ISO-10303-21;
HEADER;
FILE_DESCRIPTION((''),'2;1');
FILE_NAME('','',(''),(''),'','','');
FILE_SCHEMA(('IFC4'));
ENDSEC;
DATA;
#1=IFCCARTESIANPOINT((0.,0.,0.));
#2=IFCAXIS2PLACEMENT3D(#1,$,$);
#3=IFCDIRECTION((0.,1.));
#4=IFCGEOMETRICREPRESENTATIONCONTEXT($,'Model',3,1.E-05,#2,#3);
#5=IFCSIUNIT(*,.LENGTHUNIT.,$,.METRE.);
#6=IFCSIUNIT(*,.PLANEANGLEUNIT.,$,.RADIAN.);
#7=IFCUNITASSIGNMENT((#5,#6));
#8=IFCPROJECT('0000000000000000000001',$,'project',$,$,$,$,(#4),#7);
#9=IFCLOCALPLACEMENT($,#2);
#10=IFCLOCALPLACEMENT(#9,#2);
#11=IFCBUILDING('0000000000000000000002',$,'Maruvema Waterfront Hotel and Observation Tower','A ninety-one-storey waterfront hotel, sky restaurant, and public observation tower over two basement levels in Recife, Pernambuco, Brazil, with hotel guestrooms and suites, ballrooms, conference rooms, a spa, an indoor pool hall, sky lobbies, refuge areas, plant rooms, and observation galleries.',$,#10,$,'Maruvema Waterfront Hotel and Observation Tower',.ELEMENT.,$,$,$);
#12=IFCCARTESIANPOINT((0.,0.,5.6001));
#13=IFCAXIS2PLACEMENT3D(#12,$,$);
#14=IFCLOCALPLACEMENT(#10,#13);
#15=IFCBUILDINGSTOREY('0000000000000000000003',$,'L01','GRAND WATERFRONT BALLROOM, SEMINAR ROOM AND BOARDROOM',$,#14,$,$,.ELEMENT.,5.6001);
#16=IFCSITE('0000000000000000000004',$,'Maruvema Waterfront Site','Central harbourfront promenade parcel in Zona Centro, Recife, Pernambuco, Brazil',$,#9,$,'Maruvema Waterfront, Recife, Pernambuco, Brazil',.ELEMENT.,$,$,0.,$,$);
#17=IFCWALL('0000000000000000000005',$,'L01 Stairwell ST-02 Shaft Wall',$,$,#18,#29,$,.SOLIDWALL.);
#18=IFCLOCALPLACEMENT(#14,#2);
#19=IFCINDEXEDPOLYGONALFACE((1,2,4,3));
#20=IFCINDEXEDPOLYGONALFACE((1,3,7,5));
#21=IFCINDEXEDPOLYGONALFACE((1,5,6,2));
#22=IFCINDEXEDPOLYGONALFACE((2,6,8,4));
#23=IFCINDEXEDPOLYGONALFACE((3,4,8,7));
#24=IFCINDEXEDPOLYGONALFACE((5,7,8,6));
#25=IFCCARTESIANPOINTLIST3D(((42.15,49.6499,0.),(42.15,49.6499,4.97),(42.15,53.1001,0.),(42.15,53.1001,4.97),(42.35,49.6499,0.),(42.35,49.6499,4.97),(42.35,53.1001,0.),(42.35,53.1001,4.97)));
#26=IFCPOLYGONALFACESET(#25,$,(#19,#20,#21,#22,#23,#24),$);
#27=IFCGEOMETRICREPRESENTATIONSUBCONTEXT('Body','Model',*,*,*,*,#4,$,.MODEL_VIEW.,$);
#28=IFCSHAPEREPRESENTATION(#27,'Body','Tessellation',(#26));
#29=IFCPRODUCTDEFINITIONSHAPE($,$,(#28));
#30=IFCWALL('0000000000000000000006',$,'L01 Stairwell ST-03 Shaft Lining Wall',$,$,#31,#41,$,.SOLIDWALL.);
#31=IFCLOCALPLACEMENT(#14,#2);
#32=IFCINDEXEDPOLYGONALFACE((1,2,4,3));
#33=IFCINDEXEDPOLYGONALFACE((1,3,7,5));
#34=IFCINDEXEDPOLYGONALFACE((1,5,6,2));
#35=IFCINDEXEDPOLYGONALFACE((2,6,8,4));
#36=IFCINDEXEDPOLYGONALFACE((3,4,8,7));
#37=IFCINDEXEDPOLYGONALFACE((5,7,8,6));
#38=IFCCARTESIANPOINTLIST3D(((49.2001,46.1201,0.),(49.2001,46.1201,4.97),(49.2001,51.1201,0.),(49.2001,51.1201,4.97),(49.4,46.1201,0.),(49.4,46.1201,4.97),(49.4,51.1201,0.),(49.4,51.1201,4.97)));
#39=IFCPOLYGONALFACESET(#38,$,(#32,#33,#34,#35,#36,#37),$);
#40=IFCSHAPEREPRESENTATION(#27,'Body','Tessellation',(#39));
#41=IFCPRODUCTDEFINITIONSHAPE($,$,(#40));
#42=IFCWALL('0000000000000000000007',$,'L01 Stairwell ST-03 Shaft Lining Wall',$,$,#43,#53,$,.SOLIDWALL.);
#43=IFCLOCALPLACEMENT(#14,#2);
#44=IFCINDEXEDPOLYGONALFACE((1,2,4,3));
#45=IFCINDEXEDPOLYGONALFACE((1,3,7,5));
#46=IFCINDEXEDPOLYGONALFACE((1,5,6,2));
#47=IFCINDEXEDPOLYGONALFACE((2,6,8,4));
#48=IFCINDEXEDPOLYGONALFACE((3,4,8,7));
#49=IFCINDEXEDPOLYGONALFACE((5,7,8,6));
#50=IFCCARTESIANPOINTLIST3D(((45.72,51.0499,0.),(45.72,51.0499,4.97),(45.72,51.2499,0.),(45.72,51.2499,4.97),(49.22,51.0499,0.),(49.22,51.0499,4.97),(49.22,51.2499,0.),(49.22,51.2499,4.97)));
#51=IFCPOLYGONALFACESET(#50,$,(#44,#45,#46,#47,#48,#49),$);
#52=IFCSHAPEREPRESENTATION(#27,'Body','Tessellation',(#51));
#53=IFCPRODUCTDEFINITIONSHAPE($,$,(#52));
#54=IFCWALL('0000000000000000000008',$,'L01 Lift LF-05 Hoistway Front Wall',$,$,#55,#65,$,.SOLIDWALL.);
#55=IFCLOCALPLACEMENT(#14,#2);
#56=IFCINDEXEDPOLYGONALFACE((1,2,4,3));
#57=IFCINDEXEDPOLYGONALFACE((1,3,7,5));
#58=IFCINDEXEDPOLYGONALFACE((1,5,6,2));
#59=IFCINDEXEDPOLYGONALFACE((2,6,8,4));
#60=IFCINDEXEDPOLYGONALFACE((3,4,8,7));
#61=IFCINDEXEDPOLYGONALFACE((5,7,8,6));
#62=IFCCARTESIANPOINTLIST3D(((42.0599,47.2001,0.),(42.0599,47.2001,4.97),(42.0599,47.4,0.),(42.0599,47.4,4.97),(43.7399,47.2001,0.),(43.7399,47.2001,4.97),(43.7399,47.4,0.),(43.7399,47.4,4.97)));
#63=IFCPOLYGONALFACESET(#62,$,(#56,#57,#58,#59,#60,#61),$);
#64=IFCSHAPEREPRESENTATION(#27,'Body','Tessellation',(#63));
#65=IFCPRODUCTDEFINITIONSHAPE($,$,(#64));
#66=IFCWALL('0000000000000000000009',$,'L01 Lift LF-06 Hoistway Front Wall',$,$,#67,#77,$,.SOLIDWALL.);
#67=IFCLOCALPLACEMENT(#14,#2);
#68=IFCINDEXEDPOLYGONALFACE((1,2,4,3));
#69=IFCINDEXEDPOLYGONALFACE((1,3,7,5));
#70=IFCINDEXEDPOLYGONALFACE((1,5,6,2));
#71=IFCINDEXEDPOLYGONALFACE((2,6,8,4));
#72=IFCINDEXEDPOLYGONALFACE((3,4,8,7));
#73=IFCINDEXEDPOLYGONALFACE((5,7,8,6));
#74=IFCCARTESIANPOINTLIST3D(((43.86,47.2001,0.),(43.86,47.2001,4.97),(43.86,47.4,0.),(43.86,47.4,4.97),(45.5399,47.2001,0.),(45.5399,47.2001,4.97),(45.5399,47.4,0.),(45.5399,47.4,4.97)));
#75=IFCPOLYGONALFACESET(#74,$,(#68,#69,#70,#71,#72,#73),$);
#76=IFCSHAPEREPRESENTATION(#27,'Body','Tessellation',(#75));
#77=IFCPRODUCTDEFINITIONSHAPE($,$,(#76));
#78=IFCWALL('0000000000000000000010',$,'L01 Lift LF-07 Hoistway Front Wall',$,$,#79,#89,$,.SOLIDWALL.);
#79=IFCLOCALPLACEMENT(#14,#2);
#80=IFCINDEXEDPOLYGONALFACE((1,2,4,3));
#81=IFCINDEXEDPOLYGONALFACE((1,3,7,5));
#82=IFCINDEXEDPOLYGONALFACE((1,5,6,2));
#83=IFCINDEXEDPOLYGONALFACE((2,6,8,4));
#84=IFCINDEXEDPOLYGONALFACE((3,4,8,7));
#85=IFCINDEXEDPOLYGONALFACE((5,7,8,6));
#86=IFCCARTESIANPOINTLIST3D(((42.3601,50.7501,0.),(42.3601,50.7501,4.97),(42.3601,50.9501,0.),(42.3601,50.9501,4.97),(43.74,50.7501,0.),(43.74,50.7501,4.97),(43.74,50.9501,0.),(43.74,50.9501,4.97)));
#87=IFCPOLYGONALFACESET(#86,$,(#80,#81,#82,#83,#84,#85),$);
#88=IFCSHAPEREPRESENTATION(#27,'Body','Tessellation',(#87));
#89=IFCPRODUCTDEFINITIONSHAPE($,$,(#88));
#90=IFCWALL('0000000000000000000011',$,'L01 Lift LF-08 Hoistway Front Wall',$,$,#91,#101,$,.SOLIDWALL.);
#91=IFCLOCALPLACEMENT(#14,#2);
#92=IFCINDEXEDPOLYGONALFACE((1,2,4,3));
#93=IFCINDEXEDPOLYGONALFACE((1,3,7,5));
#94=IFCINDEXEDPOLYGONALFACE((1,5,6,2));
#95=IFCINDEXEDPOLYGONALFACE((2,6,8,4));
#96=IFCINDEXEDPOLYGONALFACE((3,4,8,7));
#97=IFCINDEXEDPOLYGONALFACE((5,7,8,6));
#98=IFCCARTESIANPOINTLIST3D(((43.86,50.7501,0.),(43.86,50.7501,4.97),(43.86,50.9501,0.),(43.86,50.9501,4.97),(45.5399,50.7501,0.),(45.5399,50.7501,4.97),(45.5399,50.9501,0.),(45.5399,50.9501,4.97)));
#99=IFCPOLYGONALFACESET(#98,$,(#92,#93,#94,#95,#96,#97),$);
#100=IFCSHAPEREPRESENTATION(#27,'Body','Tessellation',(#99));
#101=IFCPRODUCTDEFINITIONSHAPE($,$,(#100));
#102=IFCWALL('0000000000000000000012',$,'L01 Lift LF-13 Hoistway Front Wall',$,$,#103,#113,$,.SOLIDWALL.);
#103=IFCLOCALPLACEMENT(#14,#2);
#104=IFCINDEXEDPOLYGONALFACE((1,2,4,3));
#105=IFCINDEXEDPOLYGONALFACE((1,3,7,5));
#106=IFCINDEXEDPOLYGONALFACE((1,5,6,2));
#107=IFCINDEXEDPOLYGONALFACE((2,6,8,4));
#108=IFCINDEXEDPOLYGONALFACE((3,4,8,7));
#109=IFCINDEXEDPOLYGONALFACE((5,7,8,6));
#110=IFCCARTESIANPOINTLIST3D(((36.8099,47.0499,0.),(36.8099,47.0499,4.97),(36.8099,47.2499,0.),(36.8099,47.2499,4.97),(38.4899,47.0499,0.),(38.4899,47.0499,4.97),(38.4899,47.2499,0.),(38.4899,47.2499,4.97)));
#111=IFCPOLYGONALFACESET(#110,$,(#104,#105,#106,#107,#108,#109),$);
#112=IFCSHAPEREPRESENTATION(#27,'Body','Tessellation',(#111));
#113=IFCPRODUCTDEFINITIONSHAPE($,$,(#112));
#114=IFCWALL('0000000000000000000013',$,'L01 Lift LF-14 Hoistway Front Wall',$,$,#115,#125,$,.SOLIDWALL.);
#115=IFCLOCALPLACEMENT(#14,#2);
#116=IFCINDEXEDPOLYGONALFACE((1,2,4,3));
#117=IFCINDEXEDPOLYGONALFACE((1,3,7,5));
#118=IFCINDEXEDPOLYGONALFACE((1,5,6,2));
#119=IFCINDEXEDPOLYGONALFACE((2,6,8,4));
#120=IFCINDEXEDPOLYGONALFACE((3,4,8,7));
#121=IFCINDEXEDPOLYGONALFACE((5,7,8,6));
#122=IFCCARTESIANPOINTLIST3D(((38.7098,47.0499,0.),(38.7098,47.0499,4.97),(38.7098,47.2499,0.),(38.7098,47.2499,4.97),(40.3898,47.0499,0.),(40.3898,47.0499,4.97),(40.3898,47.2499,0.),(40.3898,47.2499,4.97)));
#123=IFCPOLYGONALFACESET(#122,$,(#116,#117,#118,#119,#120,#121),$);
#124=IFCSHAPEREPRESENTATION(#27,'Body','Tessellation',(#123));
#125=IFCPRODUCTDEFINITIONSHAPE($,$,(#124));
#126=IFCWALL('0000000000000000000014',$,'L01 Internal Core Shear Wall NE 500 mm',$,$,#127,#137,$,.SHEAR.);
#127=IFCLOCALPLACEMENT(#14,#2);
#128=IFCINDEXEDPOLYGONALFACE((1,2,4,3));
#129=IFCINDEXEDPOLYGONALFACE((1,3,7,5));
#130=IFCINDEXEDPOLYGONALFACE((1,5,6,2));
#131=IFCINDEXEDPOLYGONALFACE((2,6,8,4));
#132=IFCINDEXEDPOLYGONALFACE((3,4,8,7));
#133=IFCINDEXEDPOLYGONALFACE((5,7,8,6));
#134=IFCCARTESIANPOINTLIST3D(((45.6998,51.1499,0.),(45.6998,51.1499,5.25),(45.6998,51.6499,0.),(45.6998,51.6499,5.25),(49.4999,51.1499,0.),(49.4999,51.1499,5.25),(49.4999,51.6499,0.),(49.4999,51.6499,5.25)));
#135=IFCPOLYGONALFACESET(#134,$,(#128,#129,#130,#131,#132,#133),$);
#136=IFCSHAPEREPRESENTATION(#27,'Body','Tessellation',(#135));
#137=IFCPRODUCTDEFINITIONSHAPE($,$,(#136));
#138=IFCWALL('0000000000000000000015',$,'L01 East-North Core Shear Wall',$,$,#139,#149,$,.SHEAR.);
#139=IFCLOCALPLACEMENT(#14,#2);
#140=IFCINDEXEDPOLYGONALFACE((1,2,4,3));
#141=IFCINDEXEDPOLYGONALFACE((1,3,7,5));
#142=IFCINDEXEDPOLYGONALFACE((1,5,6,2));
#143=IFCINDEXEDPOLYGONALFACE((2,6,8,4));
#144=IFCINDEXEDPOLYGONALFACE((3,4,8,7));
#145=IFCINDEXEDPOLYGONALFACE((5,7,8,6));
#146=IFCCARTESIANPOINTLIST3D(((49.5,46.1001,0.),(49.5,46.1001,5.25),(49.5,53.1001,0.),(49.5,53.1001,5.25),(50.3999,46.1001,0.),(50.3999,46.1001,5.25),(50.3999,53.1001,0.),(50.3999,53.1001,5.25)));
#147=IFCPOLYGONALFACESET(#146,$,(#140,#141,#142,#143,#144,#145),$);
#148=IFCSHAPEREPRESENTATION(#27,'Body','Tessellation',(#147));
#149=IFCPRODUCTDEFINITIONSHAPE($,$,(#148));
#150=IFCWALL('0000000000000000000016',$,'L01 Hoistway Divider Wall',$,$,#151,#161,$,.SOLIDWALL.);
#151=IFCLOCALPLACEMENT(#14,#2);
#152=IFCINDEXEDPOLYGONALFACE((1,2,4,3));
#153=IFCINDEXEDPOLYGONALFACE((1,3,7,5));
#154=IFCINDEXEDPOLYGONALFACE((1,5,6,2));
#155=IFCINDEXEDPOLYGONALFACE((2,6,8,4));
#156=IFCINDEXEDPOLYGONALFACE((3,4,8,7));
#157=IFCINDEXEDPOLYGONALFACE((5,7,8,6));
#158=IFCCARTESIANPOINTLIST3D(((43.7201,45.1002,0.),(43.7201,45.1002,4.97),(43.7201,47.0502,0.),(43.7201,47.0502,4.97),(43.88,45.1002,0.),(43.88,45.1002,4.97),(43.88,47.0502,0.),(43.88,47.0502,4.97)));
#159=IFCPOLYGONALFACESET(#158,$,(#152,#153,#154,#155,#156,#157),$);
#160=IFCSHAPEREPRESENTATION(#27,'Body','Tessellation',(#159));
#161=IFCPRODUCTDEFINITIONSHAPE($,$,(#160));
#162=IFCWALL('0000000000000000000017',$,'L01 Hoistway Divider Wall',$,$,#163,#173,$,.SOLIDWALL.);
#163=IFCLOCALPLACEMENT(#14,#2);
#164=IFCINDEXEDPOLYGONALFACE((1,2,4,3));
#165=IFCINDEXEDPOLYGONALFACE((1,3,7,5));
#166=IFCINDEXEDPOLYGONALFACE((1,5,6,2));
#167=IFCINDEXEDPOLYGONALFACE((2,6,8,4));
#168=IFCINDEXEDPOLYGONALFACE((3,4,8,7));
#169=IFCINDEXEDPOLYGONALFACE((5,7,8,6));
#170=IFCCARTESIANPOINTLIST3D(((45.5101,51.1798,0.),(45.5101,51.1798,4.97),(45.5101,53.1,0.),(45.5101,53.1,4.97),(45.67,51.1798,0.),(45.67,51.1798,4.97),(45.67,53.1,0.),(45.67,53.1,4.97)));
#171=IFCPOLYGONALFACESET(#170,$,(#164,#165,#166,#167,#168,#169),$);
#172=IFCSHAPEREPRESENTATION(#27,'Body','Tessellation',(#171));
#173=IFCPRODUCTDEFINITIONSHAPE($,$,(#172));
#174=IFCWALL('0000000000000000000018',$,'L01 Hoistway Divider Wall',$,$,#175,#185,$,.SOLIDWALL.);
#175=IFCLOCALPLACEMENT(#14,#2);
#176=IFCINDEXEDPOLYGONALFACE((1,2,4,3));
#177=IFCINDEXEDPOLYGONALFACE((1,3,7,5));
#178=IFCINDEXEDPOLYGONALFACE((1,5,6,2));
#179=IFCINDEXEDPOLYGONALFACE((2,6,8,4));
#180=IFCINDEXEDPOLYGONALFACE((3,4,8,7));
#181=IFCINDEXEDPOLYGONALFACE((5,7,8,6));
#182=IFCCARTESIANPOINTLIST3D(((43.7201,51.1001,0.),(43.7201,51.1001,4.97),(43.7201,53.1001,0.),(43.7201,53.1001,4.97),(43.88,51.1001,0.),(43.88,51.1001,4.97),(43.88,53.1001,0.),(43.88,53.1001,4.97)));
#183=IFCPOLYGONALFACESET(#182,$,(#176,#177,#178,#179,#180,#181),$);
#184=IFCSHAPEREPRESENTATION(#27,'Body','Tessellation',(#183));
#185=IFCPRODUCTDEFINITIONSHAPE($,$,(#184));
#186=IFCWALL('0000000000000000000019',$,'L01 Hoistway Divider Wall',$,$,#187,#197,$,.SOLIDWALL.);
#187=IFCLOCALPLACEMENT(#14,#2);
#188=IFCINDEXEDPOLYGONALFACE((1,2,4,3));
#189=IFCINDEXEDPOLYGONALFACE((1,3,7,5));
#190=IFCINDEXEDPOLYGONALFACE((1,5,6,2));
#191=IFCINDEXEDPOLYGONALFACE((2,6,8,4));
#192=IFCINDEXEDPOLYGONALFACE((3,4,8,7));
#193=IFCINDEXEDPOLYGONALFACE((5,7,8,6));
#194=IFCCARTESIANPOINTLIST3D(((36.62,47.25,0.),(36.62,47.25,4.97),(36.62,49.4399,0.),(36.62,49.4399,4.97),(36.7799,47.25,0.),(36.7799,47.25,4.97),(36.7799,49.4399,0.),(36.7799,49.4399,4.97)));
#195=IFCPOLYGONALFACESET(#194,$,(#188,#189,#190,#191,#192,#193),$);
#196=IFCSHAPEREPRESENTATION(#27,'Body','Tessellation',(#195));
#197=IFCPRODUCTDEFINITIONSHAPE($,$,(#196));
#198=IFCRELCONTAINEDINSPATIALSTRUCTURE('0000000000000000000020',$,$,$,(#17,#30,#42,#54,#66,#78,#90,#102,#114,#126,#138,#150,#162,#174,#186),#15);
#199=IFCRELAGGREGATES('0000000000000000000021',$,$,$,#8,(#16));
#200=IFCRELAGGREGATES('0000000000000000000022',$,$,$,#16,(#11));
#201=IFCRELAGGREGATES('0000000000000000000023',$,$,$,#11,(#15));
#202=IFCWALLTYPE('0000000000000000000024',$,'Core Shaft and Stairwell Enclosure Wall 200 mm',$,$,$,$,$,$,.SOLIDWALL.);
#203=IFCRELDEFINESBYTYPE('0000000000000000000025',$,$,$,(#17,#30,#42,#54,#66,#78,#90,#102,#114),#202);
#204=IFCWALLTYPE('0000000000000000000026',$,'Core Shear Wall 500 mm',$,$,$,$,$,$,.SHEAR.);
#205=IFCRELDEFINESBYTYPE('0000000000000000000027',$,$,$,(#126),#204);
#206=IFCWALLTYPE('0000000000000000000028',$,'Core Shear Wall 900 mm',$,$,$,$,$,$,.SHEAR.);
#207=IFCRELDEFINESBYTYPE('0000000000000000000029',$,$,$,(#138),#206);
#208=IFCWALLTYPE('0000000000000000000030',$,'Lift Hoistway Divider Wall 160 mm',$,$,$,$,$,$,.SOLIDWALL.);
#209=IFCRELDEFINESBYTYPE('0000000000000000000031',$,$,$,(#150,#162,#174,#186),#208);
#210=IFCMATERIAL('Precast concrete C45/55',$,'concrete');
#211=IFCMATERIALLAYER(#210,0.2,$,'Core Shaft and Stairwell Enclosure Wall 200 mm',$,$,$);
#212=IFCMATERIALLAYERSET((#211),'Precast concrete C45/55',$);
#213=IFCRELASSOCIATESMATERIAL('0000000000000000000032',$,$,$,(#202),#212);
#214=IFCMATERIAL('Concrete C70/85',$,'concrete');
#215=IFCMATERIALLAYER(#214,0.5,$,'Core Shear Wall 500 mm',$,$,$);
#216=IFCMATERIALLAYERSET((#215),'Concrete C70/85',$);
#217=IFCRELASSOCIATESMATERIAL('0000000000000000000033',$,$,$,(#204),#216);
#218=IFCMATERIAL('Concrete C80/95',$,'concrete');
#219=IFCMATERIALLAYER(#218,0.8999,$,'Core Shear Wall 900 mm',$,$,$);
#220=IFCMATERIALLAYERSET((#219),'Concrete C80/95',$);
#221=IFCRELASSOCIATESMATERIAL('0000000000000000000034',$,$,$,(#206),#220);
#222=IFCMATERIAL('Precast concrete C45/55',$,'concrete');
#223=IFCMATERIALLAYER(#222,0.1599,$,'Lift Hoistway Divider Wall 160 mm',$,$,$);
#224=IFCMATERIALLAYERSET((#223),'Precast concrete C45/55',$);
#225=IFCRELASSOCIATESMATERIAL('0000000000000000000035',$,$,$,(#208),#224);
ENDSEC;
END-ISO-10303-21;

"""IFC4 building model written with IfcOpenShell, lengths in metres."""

from ifc_helpers import new_model, si_unit, direction, frame, frame_2d, origin, place, context, subcontext, project, spatial, rectangle, extrude, material, layer, layer_set, type_object, element, save


model = new_model("IFC4")

# Units and contexts
model_context = context("Model", 3, precision=1e-05, world=origin(), true_north=direction((0.0, 1.0)))
body_context = subcontext(model_context, "Body", "Model", "MODEL_VIEW")
ifc_project = project(units=[si_unit("LENGTHUNIT", "METRE"), si_unit("PLANEANGLEUNIT", "RADIAN")], contexts=[model_context])

# Site, building, storey
site_placement = place(None, origin())
site = spatial("IfcSite", under=ifc_project, at=site_placement, Name="Maruvema Waterfront Site", Description="Central harbourfront promenade parcel in Zona Centro, Recife, Pernambuco, Brazil", LongName="Maruvema Waterfront, Recife, Pernambuco, Brazil", CompositionType="ELEMENT", RefElevation=0.0)
building_placement = place(site_placement, origin())
building = spatial("IfcBuilding", under=site, at=building_placement, Name="Maruvema Waterfront Hotel and Observation Tower", Description="A ninety-one-storey waterfront hotel, sky restaurant, and public observation tower over two basement levels in Recife, Pernambuco, Brazil, with hotel guestrooms and suites, ballrooms, conference rooms, a spa, an indoor pool hall, sky lobbies, refuge areas, plant rooms, and observation galleries.", LongName="Maruvema Waterfront Hotel and Observation Tower", CompositionType="ELEMENT")
storey_placement = place(building_placement, frame((0.0, 0.0, 5.6001)))
storey = spatial("IfcBuildingStorey", under=building, at=storey_placement, Name="L01", Description="GRAND WATERFRONT BALLROOM, SEMINAR ROOM AND BOARDROOM", CompositionType="ELEMENT", Elevation=5.6001)

# Walls
ifc_material_1 = material(Name="Precast concrete C45/55", Category="concrete")
ifc_layer_1 = layer(ifc_material_1, 0.2, Name="Core Shaft and Stairwell Enclosure Wall 200 mm")
ifc_layer_set_1 = layer_set([ifc_layer_1], Name="Precast concrete C45/55")
wall_type_1 = type_object("IfcWallType", Name="Core Shaft and Stairwell Enclosure Wall 200 mm", PredefinedType="SOLIDWALL", material=ifc_layer_set_1)
wall_1_placement = place(storey_placement, frame((42.25, 49.6499, 0.0), z_axis=(0.0, 0.0, 1.0), x_axis=(0.0, 1.0, 0.0)))
element("IfcWall", 1, at=wall_1_placement, inside=storey, type_object=wall_type_1, Name="L01 Stairwell ST-02 Shaft Wall", PredefinedType="SOLIDWALL", context=body_context, shape_type="SweptSolid", body=[
    extrude(rectangle(XDim=3.4502, YDim=0.2, at=frame_2d((1.7251, 0.0))), origin(), (0.0, 0.0, 1.0), 4.97),
])
wall_2_placement = place(storey_placement, frame((49.3, 46.1201, 0.0), z_axis=(0.0, 0.0, 1.0), x_axis=(0.0, 1.0, 0.0)))
element("IfcWall", 2, at=wall_2_placement, inside=storey, type_object=wall_type_1, Name="L01 Stairwell ST-03 Shaft Lining Wall", PredefinedType="SOLIDWALL", context=body_context, shape_type="SweptSolid", body=[
    extrude(rectangle(XDim=5.0, YDim=0.2, at=frame_2d((2.5, 0.0))), origin(), (0.0, 0.0, 1.0), 4.97),
])
wall_3_placement = place(storey_placement, frame((45.72, 51.1499, 0.0), z_axis=(0.0, 0.0, 1.0), x_axis=(1.0, 0.0, 0.0)))
element("IfcWall", 3, at=wall_3_placement, inside=storey, type_object=wall_type_1, Name="L01 Stairwell ST-03 Shaft Lining Wall", PredefinedType="SOLIDWALL", context=body_context, shape_type="SweptSolid", body=[
    extrude(rectangle(XDim=3.5, YDim=0.2, at=frame_2d((1.75, 0.0))), origin(), (0.0, 0.0, 1.0), 4.97),
])
for number, where, z_axis, x_axis, name in (
    (4, (42.0601, 47.3, 0.0), (0.0, 0.0, 1.0), (1.0, 0.0, 0.0), "L01 Lift LF-05 Hoistway Front Wall"),
    (5, (43.8601, 47.3, 0.0), (0.0, 0.0, 1.0), (1.0, 0.0, 0.0), "L01 Lift LF-06 Hoistway Front Wall"),
):
    element("IfcWall", number, at=place(storey_placement, frame(where, z_axis=z_axis, x_axis=x_axis)), inside=storey, type_object=wall_type_1, Name=name, PredefinedType="SOLIDWALL", context=body_context, shape_type="SweptSolid", body=[
        extrude(rectangle(XDim=1.6799, YDim=0.2, at=frame_2d((0.8398, 0.0))), origin(), (0.0, 0.0, 1.0), 4.97),
    ])
wall_4_placement = place(storey_placement, frame((42.3601, 50.8501, 0.0), z_axis=(0.0, 0.0, 1.0), x_axis=(1.0, 0.0, 0.0)))
element("IfcWall", 6, at=wall_4_placement, inside=storey, type_object=wall_type_1, Name="L01 Lift LF-07 Hoistway Front Wall", PredefinedType="SOLIDWALL", context=body_context, shape_type="SweptSolid", body=[
    extrude(rectangle(XDim=1.3799, YDim=0.2, at=frame_2d((0.6899, 0.0))), origin(), (0.0, 0.0, 1.0), 4.97),
])
for number, where, z_axis, x_axis, name in (
    (7, (43.8601, 50.8501, 0.0), (0.0, 0.0, 1.0), (1.0, 0.0, 0.0), "L01 Lift LF-08 Hoistway Front Wall"),
    (8, (36.8101, 47.1499, 0.0), (0.0, 0.0, 1.0), (1.0, 0.0, 0.0), "L01 Lift LF-13 Hoistway Front Wall"),
    (9, (38.71, 47.1499, 0.0), (0.0, 0.0, 1.0), (1.0, 0.0, 0.0), "L01 Lift LF-14 Hoistway Front Wall"),
):
    element("IfcWall", number, at=place(storey_placement, frame(where, z_axis=z_axis, x_axis=x_axis)), inside=storey, type_object=wall_type_1, Name=name, PredefinedType="SOLIDWALL", context=body_context, shape_type="SweptSolid", body=[
        extrude(rectangle(XDim=1.6799, YDim=0.2, at=frame_2d((0.8398, 0.0))), origin(), (0.0, 0.0, 1.0), 4.97),
    ])
ifc_material_2 = material(Name="Concrete C70/85", Category="concrete")
ifc_layer_2 = layer(ifc_material_2, 0.5, Name="Core Shear Wall 500 mm")
ifc_layer_set_2 = layer_set([ifc_layer_2], Name="Concrete C70/85")
wall_type_2 = type_object("IfcWallType", Name="Core Shear Wall 500 mm", PredefinedType="SHEAR", material=ifc_layer_set_2)
wall_5_placement = place(storey_placement, frame((45.7, 51.3999, 0.0), z_axis=(0.0, 0.0, 1.0), x_axis=(1.0, 0.0, 0.0)))
element("IfcWall", 10, at=wall_5_placement, inside=storey, type_object=wall_type_2, Name="L01 Internal Core Shear Wall NE 500 mm", PredefinedType="SHEAR", context=body_context, shape_type="SweptSolid", body=[
    extrude(rectangle(XDim=3.8, YDim=0.5, at=frame_2d((1.8999, 0.0))), origin(), (0.0, 0.0, 1.0), 5.25),
])
ifc_material_3 = material(Name="Concrete C80/95", Category="concrete")
ifc_layer_3 = layer(ifc_material_3, 0.8999, Name="Core Shear Wall 900 mm")
ifc_layer_set_3 = layer_set([ifc_layer_3], Name="Concrete C80/95")
wall_type_3 = type_object("IfcWallType", Name="Core Shear Wall 900 mm", PredefinedType="SHEAR", material=ifc_layer_set_3)
wall_6_placement = place(storey_placement, frame((49.95, 46.1001, 0.0), z_axis=(0.0, 0.0, 1.0), x_axis=(0.0, 1.0, 0.0)))
element("IfcWall", 11, at=wall_6_placement, inside=storey, type_object=wall_type_3, Name="L01 East-North Core Shear Wall", PredefinedType="SHEAR", context=body_context, shape_type="SweptSolid", body=[
    extrude(rectangle(XDim=7.0, YDim=0.8999, at=frame_2d((3.5, 0.0))), origin(), (0.0, 0.0, 1.0), 5.25),
])
ifc_material_4 = material(Name="Precast concrete C45/55", Category="concrete")
ifc_layer_4 = layer(ifc_material_4, 0.1599, Name="Lift Hoistway Divider Wall 160 mm")
ifc_layer_set_4 = layer_set([ifc_layer_4], Name="Precast concrete C45/55")
wall_type_4 = type_object("IfcWallType", Name="Lift Hoistway Divider Wall 160 mm", PredefinedType="SOLIDWALL", material=ifc_layer_set_4)
wall_7_placement = place(storey_placement, frame((43.8, 45.1001, 0.0), z_axis=(0.0, 0.0, 1.0), x_axis=(0.0, 1.0, 0.0)))
element("IfcWall", 12, at=wall_7_placement, inside=storey, type_object=wall_type_4, Name="L01 Hoistway Divider Wall", PredefinedType="SOLIDWALL", context=body_context, shape_type="SweptSolid", body=[
    extrude(rectangle(XDim=1.95, YDim=0.1599, at=frame_2d((0.9751, 0.0))), origin(), (0.0, 0.0, 1.0), 4.97),
])
wall_8_placement = place(storey_placement, frame((45.5901, 51.1799, 0.0), z_axis=(0.0, 0.0, 1.0), x_axis=(0.0, 1.0, 0.0)))
element("IfcWall", 13, at=wall_8_placement, inside=storey, type_object=wall_type_4, Name="L01 Hoistway Divider Wall", PredefinedType="SOLIDWALL", context=body_context, shape_type="SweptSolid", body=[
    extrude(rectangle(XDim=1.9202, YDim=0.1599, at=frame_2d((0.96, 0.0))), origin(), (0.0, 0.0, 1.0), 4.97),
])
wall_9_placement = place(storey_placement, frame((43.8, 51.1001, 0.0), z_axis=(0.0, 0.0, 1.0), x_axis=(0.0, 1.0, 0.0)))
element("IfcWall", 14, at=wall_9_placement, inside=storey, type_object=wall_type_4, Name="L01 Hoistway Divider Wall", PredefinedType="SOLIDWALL", context=body_context, shape_type="SweptSolid", body=[
    extrude(rectangle(XDim=2.0, YDim=0.1599, at=frame_2d((1.0, 0.0))), origin(), (0.0, 0.0, 1.0), 4.97),
])
for number, where, z_axis, x_axis, name in (
    (15, (36.7, 47.25, 0.0), (0.0, 0.0, 1.0), (0.0, 1.0, 0.0), "L01 Hoistway Divider Wall"),
):
    element("IfcWall", number, at=place(storey_placement, frame(where, z_axis=z_axis, x_axis=x_axis)), inside=storey, type_object=wall_type_4, Name=name, PredefinedType="SOLIDWALL", context=body_context, shape_type="SweptSolid", body=[
        extrude(rectangle(XDim=2.1899, YDim=0.1599, at=frame_2d((1.095, 0.0))), origin(), (0.0, 0.0, 1.0), 4.97),
    ])

save(model, "model.ifc")
